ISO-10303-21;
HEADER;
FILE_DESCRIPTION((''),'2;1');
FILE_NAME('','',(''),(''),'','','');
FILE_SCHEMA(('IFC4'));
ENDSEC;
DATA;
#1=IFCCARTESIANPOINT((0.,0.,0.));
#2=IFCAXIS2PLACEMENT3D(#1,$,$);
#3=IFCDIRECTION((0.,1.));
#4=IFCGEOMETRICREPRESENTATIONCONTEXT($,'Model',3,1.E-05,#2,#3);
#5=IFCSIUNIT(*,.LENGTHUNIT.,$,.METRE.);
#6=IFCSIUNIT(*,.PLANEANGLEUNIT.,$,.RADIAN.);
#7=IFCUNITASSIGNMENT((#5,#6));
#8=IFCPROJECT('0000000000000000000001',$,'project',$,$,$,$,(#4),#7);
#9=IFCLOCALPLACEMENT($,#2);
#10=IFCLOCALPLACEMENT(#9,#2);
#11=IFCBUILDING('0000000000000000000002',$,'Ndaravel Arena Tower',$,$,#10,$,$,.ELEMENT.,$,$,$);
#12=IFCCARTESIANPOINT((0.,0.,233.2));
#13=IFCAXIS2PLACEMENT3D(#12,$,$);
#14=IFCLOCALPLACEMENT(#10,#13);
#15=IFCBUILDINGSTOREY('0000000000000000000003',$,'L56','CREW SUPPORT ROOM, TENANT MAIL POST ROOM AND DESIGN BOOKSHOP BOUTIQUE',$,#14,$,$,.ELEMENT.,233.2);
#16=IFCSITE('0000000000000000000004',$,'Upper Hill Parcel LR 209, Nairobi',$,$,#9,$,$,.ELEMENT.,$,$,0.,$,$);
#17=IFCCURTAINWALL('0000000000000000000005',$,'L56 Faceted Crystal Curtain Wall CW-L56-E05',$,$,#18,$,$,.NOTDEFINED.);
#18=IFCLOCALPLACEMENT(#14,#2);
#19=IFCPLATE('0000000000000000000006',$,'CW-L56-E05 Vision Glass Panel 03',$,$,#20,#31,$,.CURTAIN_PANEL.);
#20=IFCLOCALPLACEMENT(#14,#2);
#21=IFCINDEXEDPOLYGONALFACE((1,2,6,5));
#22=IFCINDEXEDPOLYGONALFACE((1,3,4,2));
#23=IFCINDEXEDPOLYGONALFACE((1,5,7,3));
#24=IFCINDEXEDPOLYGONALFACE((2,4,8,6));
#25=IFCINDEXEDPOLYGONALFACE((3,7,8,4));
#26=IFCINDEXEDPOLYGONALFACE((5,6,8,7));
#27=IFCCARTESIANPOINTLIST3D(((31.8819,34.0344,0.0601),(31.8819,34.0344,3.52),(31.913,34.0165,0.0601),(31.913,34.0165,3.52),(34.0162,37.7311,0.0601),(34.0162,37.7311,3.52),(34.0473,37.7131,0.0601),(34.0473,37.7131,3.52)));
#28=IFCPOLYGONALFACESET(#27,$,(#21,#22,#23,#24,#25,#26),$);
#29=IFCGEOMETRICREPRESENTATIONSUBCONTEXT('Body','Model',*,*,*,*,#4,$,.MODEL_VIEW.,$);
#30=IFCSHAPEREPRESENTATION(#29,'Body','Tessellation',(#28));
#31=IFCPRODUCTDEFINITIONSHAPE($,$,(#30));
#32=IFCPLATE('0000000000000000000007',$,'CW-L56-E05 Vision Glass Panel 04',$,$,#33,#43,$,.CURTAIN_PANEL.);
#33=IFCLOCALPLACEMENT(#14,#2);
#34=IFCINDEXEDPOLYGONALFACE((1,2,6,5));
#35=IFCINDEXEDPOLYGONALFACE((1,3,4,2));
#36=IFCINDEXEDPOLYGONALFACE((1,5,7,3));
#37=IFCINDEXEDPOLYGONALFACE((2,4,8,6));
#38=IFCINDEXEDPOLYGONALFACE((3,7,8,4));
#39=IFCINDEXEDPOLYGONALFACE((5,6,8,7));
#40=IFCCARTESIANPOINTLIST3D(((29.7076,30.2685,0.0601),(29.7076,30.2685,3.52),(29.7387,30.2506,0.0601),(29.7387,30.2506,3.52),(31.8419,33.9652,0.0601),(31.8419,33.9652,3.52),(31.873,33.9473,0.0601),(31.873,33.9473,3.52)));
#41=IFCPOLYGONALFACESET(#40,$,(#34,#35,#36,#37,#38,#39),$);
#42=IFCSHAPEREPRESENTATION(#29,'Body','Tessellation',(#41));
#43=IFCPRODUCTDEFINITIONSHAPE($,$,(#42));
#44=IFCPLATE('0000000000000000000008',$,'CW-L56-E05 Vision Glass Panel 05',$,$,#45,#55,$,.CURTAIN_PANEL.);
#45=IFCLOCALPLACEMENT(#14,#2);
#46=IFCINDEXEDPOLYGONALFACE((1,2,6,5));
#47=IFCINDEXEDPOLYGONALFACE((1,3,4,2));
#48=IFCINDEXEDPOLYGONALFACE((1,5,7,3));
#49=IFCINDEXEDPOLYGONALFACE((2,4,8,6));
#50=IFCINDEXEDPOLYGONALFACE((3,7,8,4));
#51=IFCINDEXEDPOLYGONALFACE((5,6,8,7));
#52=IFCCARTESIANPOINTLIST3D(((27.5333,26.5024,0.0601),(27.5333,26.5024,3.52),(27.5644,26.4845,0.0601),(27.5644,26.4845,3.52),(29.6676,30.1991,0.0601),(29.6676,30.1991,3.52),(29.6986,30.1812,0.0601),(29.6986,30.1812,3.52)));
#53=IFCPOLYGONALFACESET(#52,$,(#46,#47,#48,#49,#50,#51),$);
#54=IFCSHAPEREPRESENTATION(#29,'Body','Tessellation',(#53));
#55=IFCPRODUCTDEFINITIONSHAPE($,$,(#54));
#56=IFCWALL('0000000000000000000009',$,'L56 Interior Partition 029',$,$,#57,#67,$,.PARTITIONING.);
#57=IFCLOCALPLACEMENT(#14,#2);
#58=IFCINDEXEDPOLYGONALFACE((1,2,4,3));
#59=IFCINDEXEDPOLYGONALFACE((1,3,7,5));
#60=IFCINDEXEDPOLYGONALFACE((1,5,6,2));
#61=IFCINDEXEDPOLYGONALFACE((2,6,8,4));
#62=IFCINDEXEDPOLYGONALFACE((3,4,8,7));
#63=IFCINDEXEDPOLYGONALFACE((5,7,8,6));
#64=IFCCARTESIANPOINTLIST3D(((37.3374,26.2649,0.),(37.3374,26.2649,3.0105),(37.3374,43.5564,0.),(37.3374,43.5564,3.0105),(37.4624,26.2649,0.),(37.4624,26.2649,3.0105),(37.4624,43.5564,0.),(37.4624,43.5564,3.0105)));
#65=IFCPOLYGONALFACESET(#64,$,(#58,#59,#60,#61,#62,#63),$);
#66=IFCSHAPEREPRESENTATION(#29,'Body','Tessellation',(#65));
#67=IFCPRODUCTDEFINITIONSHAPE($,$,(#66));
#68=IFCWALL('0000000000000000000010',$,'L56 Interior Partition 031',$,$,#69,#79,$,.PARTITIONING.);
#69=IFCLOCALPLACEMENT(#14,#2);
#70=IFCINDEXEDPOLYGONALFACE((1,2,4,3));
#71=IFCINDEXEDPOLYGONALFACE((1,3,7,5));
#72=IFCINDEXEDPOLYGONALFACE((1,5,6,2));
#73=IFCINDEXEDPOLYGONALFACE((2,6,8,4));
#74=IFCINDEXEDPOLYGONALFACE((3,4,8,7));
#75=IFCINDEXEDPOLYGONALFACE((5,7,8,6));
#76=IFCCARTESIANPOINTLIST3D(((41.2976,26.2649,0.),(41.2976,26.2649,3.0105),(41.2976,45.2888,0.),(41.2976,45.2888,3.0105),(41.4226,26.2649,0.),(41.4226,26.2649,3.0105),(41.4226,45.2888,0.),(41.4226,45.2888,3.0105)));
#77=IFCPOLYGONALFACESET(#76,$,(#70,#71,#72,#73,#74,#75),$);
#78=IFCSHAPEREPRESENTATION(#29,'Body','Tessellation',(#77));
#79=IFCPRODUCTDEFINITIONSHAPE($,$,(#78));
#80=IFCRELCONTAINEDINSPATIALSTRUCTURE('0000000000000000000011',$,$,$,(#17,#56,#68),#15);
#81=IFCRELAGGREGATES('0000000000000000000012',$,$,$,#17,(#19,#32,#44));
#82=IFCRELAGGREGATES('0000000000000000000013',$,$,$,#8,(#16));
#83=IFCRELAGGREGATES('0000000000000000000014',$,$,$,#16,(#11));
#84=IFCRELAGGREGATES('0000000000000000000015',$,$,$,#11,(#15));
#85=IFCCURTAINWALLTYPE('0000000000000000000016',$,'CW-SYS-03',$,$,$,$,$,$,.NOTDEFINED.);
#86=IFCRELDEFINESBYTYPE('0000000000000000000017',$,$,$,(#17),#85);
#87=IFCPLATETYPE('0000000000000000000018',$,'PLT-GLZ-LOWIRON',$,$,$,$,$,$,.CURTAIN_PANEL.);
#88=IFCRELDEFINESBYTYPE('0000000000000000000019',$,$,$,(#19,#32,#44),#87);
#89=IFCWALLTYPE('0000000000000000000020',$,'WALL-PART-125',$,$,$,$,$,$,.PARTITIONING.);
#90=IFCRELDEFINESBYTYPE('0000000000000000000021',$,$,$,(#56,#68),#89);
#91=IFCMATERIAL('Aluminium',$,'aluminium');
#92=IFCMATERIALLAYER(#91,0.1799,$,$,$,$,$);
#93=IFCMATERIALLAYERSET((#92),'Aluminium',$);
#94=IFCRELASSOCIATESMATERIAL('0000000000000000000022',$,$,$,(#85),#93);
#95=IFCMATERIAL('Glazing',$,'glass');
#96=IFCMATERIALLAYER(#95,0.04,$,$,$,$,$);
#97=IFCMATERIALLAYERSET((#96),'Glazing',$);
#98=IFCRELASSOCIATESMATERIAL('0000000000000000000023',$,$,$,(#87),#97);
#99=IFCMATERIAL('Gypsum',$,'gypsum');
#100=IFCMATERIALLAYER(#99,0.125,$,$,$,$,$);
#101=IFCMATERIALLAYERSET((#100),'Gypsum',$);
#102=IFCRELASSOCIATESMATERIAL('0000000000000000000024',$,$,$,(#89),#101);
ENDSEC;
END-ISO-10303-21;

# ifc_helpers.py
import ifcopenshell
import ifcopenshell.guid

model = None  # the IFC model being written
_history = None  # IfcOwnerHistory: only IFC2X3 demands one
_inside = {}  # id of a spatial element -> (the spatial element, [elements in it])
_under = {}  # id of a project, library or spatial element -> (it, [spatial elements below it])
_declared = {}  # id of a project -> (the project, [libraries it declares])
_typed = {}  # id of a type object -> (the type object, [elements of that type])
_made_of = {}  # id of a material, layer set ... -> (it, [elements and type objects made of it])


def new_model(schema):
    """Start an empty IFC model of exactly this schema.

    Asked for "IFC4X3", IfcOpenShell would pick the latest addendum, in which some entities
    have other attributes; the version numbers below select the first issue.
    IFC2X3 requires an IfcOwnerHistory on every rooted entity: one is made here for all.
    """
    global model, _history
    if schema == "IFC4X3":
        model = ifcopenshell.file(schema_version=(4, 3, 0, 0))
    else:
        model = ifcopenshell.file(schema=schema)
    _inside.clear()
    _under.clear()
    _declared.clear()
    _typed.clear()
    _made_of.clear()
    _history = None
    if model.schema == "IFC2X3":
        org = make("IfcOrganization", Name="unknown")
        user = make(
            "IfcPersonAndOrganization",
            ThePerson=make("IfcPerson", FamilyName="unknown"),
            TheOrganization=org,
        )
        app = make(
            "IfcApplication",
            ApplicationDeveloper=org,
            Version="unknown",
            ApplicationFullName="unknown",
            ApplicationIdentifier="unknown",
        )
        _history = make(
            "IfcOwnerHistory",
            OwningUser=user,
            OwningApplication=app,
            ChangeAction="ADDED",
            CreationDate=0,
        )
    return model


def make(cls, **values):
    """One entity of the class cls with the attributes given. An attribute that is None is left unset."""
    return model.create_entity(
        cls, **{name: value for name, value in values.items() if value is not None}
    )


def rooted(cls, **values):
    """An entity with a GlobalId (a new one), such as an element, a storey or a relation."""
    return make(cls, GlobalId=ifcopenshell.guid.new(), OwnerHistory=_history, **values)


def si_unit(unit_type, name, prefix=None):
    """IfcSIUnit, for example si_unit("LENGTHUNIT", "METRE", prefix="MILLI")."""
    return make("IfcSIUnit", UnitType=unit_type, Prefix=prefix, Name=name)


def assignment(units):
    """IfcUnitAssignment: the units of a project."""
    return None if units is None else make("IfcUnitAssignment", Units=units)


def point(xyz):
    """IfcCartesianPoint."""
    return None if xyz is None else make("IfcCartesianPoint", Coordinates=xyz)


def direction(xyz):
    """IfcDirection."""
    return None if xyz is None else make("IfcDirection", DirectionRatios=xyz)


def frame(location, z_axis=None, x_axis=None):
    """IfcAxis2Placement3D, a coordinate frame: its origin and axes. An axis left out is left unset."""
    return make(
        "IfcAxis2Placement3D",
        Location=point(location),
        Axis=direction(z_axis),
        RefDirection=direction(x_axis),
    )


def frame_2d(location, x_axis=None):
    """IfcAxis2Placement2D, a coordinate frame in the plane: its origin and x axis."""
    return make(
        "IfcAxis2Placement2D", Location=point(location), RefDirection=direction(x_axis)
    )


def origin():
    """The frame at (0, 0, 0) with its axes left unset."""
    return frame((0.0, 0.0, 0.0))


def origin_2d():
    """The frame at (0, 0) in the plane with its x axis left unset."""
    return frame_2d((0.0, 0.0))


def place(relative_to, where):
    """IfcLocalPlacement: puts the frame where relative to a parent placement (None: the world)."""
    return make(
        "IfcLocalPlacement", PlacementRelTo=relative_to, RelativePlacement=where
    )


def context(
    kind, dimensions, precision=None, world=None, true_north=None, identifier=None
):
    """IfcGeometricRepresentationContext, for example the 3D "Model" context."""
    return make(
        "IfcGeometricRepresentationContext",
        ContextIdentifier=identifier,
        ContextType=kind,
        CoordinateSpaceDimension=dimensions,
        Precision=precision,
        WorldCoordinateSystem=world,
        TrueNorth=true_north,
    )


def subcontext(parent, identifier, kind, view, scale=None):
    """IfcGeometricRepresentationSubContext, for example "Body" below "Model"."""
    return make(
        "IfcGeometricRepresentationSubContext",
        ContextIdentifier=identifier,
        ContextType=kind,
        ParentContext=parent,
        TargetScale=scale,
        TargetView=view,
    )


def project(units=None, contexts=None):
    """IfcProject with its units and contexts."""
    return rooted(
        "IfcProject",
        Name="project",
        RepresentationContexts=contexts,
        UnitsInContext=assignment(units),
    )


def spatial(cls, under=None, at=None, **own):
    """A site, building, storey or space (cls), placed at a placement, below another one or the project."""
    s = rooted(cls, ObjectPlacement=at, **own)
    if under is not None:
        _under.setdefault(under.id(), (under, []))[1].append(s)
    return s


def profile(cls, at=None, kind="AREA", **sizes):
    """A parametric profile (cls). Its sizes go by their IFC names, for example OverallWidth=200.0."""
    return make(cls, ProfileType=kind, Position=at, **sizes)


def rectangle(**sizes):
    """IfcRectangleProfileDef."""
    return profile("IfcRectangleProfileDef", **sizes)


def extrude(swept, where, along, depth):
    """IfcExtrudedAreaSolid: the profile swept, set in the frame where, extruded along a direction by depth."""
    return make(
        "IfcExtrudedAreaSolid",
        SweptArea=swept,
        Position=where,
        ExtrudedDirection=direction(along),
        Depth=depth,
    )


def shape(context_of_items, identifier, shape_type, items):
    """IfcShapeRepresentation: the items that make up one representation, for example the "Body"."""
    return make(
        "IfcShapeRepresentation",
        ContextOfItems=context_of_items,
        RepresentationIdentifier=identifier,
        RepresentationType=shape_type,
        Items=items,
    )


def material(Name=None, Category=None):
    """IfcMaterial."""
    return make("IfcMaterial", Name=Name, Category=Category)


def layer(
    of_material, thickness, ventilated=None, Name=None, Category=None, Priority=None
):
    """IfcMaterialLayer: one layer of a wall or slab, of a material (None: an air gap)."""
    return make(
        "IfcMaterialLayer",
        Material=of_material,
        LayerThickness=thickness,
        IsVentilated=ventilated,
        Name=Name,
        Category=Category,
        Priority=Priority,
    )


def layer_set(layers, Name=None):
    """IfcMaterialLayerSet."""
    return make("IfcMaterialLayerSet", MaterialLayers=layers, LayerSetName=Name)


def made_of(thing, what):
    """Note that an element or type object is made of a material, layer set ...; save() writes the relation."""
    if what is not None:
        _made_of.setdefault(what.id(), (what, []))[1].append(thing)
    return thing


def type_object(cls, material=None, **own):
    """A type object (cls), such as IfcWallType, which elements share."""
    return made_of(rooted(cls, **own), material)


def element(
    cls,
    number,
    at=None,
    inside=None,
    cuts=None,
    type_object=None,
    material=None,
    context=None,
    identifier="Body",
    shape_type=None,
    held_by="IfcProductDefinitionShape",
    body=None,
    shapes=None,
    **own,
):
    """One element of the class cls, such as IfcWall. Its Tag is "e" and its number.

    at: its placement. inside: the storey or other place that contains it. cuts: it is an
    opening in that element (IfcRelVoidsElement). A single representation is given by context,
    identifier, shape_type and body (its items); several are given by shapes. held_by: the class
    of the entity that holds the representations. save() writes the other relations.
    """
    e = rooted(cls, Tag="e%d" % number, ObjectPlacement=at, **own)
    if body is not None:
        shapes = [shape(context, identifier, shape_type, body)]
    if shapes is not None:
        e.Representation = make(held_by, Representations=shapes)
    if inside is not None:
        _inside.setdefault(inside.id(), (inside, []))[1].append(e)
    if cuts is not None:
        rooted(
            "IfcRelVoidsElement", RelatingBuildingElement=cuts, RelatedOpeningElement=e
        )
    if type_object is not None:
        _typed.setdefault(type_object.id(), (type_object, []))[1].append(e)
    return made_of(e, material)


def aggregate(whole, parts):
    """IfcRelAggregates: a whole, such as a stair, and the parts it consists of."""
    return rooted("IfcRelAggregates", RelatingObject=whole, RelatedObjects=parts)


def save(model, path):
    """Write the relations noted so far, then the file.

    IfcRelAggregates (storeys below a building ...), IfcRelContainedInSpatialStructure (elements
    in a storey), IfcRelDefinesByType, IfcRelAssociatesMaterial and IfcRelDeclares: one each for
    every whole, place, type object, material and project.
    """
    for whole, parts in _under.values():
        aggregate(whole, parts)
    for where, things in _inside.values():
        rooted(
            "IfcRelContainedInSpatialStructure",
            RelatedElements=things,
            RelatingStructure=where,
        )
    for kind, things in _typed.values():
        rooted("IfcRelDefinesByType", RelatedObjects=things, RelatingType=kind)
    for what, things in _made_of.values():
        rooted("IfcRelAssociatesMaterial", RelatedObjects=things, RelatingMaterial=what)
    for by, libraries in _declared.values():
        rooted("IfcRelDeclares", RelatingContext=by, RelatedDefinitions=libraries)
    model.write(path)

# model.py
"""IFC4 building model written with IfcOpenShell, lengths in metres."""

from ifc_helpers import new_model, si_unit, direction, frame, frame_2d, origin, origin_2d, place, context, subcontext, project, spatial, rectangle, extrude, material, layer, layer_set, type_object, element, aggregate, save


model = new_model("IFC4")

# Units and contexts
model_context = context("Model", 3, precision=1e-05, world=origin(), true_north=direction((0.0, 1.0)))
body_context = subcontext(model_context, "Body", "Model", "MODEL_VIEW")
ifc_project = project(units=[si_unit("LENGTHUNIT", "METRE"), si_unit("PLANEANGLEUNIT", "RADIAN")], contexts=[model_context])

# Site, building, storey
site_placement = place(None, origin())
site = spatial("IfcSite", under=ifc_project, at=site_placement, Name="Upper Hill Parcel LR 209, Nairobi", CompositionType="ELEMENT", RefElevation=0.0)
building_placement = place(site_placement, origin())
building = spatial("IfcBuilding", under=site, at=building_placement, Name="Ndaravel Arena Tower", CompositionType="ELEMENT")
storey_placement = place(building_placement, frame((0.0, 0.0, 233.2)))
storey = spatial("IfcBuildingStorey", under=building, at=storey_placement, Name="L56", Description="CREW SUPPORT ROOM, TENANT MAIL POST ROOM AND DESIGN BOOKSHOP BOUTIQUE", CompositionType="ELEMENT", Elevation=233.2)

# Curtain wall
ifc_material_1 = material(Name="Aluminium", Category="aluminium")
ifc_layer_1 = layer(ifc_material_1, 0.1799)
ifc_layer_set_1 = layer_set([ifc_layer_1], Name="Aluminium")
curtain_wall_type_1 = type_object("IfcCurtainWallType", Name="CW-SYS-03", PredefinedType="NOTDEFINED", material=ifc_layer_set_1)
curtain_wall_1_placement = place(storey_placement, origin())
curtain_wall_1 = element("IfcCurtainWall", 1, at=curtain_wall_1_placement, inside=storey, type_object=curtain_wall_type_1, Name="L56 Faceted Crystal Curtain Wall CW-L56-E05", PredefinedType="NOTDEFINED")

# Plates
ifc_material_2 = material(Name="Glazing", Category="glass")
ifc_layer_2 = layer(ifc_material_2, 0.04)
ifc_layer_set_2 = layer_set([ifc_layer_2], Name="Glazing")
plate_type_1 = type_object("IfcPlateType", Name="PLT-GLZ-LOWIRON", PredefinedType="CURTAIN_PANEL", material=ifc_layer_set_2)
plate_1_placement = place(storey_placement, frame((32.9646, 35.8738, 0.0601), z_axis=(0.0, 0.0, 1.0), x_axis=(-0.5, -0.866025, 0.0)))
plate_1 = element("IfcPlate", 2, at=plate_1_placement, type_object=plate_type_1, Name="CW-L56-E05 Vision Glass Panel 03", PredefinedType="CURTAIN_PANEL", context=body_context, shape_type="SweptSolid", body=[
    extrude(rectangle(XDim=4.2686, YDim=0.0359, at=origin_2d()), origin(), (0.0, 0.0, 1.0), 3.46),
])
plate_2_placement = place(storey_placement, frame((30.7903, 32.1079, 0.0601), z_axis=(0.0, 0.0, 1.0), x_axis=(-0.5, -0.866025, 0.0)))
plate_2 = element("IfcPlate", 3, at=plate_2_placement, type_object=plate_type_1, Name="CW-L56-E05 Vision Glass Panel 04", PredefinedType="CURTAIN_PANEL", context=body_context, shape_type="SweptSolid", body=[
    extrude(rectangle(XDim=4.2686, YDim=0.0359, at=origin_2d()), origin(), (0.0, 0.0, 1.0), 3.46),
])
plate_3_placement = place(storey_placement, frame((28.616, 28.3418, 0.0601), z_axis=(0.0, 0.0, 1.0), x_axis=(-0.5, -0.866025, 0.0)))
plate_3 = element("IfcPlate", 4, at=plate_3_placement, type_object=plate_type_1, Name="CW-L56-E05 Vision Glass Panel 05", PredefinedType="CURTAIN_PANEL", context=body_context, shape_type="SweptSolid", body=[
    extrude(rectangle(XDim=4.2686, YDim=0.0359, at=origin_2d()), origin(), (0.0, 0.0, 1.0), 3.46),
])
aggregate(curtain_wall_1, [plate_1, plate_2, plate_3])

# Walls
ifc_material_3 = material(Name="Gypsum", Category="gypsum")
ifc_layer_3 = layer(ifc_material_3, 0.125)
ifc_layer_set_3 = layer_set([ifc_layer_3], Name="Gypsum")
wall_type = type_object("IfcWallType", Name="WALL-PART-125", PredefinedType="PARTITIONING", material=ifc_layer_set_3)
wall_1_placement = place(storey_placement, frame((37.3999, 43.5564, 0.0), z_axis=(0.0, 0.0, 1.0), x_axis=(0.0, -1.0, 0.0)))
element("IfcWall", 5, at=wall_1_placement, inside=storey, type_object=wall_type, Name="L56 Interior Partition 029", PredefinedType="PARTITIONING", context=body_context, shape_type="SweptSolid", body=[
    extrude(rectangle(XDim=17.2915, YDim=0.125, at=frame_2d((8.6458, 0.0))), origin(), (0.0, 0.0, 1.0), 3.0105),
])
wall_2_placement = place(storey_placement, frame((41.3601, 45.2888, 0.0), z_axis=(0.0, 0.0, 1.0), x_axis=(0.0, -1.0, 0.0)))
element("IfcWall", 6, at=wall_2_placement, inside=storey, type_object=wall_type, Name="L56 Interior Partition 031", PredefinedType="PARTITIONING", context=body_context, shape_type="SweptSolid", body=[
    extrude(rectangle(XDim=19.0239, YDim=0.125, at=frame_2d((9.512, 0.0))), origin(), (0.0, 0.0, 1.0), 3.0105),
])

save(model, "model.ifc")
